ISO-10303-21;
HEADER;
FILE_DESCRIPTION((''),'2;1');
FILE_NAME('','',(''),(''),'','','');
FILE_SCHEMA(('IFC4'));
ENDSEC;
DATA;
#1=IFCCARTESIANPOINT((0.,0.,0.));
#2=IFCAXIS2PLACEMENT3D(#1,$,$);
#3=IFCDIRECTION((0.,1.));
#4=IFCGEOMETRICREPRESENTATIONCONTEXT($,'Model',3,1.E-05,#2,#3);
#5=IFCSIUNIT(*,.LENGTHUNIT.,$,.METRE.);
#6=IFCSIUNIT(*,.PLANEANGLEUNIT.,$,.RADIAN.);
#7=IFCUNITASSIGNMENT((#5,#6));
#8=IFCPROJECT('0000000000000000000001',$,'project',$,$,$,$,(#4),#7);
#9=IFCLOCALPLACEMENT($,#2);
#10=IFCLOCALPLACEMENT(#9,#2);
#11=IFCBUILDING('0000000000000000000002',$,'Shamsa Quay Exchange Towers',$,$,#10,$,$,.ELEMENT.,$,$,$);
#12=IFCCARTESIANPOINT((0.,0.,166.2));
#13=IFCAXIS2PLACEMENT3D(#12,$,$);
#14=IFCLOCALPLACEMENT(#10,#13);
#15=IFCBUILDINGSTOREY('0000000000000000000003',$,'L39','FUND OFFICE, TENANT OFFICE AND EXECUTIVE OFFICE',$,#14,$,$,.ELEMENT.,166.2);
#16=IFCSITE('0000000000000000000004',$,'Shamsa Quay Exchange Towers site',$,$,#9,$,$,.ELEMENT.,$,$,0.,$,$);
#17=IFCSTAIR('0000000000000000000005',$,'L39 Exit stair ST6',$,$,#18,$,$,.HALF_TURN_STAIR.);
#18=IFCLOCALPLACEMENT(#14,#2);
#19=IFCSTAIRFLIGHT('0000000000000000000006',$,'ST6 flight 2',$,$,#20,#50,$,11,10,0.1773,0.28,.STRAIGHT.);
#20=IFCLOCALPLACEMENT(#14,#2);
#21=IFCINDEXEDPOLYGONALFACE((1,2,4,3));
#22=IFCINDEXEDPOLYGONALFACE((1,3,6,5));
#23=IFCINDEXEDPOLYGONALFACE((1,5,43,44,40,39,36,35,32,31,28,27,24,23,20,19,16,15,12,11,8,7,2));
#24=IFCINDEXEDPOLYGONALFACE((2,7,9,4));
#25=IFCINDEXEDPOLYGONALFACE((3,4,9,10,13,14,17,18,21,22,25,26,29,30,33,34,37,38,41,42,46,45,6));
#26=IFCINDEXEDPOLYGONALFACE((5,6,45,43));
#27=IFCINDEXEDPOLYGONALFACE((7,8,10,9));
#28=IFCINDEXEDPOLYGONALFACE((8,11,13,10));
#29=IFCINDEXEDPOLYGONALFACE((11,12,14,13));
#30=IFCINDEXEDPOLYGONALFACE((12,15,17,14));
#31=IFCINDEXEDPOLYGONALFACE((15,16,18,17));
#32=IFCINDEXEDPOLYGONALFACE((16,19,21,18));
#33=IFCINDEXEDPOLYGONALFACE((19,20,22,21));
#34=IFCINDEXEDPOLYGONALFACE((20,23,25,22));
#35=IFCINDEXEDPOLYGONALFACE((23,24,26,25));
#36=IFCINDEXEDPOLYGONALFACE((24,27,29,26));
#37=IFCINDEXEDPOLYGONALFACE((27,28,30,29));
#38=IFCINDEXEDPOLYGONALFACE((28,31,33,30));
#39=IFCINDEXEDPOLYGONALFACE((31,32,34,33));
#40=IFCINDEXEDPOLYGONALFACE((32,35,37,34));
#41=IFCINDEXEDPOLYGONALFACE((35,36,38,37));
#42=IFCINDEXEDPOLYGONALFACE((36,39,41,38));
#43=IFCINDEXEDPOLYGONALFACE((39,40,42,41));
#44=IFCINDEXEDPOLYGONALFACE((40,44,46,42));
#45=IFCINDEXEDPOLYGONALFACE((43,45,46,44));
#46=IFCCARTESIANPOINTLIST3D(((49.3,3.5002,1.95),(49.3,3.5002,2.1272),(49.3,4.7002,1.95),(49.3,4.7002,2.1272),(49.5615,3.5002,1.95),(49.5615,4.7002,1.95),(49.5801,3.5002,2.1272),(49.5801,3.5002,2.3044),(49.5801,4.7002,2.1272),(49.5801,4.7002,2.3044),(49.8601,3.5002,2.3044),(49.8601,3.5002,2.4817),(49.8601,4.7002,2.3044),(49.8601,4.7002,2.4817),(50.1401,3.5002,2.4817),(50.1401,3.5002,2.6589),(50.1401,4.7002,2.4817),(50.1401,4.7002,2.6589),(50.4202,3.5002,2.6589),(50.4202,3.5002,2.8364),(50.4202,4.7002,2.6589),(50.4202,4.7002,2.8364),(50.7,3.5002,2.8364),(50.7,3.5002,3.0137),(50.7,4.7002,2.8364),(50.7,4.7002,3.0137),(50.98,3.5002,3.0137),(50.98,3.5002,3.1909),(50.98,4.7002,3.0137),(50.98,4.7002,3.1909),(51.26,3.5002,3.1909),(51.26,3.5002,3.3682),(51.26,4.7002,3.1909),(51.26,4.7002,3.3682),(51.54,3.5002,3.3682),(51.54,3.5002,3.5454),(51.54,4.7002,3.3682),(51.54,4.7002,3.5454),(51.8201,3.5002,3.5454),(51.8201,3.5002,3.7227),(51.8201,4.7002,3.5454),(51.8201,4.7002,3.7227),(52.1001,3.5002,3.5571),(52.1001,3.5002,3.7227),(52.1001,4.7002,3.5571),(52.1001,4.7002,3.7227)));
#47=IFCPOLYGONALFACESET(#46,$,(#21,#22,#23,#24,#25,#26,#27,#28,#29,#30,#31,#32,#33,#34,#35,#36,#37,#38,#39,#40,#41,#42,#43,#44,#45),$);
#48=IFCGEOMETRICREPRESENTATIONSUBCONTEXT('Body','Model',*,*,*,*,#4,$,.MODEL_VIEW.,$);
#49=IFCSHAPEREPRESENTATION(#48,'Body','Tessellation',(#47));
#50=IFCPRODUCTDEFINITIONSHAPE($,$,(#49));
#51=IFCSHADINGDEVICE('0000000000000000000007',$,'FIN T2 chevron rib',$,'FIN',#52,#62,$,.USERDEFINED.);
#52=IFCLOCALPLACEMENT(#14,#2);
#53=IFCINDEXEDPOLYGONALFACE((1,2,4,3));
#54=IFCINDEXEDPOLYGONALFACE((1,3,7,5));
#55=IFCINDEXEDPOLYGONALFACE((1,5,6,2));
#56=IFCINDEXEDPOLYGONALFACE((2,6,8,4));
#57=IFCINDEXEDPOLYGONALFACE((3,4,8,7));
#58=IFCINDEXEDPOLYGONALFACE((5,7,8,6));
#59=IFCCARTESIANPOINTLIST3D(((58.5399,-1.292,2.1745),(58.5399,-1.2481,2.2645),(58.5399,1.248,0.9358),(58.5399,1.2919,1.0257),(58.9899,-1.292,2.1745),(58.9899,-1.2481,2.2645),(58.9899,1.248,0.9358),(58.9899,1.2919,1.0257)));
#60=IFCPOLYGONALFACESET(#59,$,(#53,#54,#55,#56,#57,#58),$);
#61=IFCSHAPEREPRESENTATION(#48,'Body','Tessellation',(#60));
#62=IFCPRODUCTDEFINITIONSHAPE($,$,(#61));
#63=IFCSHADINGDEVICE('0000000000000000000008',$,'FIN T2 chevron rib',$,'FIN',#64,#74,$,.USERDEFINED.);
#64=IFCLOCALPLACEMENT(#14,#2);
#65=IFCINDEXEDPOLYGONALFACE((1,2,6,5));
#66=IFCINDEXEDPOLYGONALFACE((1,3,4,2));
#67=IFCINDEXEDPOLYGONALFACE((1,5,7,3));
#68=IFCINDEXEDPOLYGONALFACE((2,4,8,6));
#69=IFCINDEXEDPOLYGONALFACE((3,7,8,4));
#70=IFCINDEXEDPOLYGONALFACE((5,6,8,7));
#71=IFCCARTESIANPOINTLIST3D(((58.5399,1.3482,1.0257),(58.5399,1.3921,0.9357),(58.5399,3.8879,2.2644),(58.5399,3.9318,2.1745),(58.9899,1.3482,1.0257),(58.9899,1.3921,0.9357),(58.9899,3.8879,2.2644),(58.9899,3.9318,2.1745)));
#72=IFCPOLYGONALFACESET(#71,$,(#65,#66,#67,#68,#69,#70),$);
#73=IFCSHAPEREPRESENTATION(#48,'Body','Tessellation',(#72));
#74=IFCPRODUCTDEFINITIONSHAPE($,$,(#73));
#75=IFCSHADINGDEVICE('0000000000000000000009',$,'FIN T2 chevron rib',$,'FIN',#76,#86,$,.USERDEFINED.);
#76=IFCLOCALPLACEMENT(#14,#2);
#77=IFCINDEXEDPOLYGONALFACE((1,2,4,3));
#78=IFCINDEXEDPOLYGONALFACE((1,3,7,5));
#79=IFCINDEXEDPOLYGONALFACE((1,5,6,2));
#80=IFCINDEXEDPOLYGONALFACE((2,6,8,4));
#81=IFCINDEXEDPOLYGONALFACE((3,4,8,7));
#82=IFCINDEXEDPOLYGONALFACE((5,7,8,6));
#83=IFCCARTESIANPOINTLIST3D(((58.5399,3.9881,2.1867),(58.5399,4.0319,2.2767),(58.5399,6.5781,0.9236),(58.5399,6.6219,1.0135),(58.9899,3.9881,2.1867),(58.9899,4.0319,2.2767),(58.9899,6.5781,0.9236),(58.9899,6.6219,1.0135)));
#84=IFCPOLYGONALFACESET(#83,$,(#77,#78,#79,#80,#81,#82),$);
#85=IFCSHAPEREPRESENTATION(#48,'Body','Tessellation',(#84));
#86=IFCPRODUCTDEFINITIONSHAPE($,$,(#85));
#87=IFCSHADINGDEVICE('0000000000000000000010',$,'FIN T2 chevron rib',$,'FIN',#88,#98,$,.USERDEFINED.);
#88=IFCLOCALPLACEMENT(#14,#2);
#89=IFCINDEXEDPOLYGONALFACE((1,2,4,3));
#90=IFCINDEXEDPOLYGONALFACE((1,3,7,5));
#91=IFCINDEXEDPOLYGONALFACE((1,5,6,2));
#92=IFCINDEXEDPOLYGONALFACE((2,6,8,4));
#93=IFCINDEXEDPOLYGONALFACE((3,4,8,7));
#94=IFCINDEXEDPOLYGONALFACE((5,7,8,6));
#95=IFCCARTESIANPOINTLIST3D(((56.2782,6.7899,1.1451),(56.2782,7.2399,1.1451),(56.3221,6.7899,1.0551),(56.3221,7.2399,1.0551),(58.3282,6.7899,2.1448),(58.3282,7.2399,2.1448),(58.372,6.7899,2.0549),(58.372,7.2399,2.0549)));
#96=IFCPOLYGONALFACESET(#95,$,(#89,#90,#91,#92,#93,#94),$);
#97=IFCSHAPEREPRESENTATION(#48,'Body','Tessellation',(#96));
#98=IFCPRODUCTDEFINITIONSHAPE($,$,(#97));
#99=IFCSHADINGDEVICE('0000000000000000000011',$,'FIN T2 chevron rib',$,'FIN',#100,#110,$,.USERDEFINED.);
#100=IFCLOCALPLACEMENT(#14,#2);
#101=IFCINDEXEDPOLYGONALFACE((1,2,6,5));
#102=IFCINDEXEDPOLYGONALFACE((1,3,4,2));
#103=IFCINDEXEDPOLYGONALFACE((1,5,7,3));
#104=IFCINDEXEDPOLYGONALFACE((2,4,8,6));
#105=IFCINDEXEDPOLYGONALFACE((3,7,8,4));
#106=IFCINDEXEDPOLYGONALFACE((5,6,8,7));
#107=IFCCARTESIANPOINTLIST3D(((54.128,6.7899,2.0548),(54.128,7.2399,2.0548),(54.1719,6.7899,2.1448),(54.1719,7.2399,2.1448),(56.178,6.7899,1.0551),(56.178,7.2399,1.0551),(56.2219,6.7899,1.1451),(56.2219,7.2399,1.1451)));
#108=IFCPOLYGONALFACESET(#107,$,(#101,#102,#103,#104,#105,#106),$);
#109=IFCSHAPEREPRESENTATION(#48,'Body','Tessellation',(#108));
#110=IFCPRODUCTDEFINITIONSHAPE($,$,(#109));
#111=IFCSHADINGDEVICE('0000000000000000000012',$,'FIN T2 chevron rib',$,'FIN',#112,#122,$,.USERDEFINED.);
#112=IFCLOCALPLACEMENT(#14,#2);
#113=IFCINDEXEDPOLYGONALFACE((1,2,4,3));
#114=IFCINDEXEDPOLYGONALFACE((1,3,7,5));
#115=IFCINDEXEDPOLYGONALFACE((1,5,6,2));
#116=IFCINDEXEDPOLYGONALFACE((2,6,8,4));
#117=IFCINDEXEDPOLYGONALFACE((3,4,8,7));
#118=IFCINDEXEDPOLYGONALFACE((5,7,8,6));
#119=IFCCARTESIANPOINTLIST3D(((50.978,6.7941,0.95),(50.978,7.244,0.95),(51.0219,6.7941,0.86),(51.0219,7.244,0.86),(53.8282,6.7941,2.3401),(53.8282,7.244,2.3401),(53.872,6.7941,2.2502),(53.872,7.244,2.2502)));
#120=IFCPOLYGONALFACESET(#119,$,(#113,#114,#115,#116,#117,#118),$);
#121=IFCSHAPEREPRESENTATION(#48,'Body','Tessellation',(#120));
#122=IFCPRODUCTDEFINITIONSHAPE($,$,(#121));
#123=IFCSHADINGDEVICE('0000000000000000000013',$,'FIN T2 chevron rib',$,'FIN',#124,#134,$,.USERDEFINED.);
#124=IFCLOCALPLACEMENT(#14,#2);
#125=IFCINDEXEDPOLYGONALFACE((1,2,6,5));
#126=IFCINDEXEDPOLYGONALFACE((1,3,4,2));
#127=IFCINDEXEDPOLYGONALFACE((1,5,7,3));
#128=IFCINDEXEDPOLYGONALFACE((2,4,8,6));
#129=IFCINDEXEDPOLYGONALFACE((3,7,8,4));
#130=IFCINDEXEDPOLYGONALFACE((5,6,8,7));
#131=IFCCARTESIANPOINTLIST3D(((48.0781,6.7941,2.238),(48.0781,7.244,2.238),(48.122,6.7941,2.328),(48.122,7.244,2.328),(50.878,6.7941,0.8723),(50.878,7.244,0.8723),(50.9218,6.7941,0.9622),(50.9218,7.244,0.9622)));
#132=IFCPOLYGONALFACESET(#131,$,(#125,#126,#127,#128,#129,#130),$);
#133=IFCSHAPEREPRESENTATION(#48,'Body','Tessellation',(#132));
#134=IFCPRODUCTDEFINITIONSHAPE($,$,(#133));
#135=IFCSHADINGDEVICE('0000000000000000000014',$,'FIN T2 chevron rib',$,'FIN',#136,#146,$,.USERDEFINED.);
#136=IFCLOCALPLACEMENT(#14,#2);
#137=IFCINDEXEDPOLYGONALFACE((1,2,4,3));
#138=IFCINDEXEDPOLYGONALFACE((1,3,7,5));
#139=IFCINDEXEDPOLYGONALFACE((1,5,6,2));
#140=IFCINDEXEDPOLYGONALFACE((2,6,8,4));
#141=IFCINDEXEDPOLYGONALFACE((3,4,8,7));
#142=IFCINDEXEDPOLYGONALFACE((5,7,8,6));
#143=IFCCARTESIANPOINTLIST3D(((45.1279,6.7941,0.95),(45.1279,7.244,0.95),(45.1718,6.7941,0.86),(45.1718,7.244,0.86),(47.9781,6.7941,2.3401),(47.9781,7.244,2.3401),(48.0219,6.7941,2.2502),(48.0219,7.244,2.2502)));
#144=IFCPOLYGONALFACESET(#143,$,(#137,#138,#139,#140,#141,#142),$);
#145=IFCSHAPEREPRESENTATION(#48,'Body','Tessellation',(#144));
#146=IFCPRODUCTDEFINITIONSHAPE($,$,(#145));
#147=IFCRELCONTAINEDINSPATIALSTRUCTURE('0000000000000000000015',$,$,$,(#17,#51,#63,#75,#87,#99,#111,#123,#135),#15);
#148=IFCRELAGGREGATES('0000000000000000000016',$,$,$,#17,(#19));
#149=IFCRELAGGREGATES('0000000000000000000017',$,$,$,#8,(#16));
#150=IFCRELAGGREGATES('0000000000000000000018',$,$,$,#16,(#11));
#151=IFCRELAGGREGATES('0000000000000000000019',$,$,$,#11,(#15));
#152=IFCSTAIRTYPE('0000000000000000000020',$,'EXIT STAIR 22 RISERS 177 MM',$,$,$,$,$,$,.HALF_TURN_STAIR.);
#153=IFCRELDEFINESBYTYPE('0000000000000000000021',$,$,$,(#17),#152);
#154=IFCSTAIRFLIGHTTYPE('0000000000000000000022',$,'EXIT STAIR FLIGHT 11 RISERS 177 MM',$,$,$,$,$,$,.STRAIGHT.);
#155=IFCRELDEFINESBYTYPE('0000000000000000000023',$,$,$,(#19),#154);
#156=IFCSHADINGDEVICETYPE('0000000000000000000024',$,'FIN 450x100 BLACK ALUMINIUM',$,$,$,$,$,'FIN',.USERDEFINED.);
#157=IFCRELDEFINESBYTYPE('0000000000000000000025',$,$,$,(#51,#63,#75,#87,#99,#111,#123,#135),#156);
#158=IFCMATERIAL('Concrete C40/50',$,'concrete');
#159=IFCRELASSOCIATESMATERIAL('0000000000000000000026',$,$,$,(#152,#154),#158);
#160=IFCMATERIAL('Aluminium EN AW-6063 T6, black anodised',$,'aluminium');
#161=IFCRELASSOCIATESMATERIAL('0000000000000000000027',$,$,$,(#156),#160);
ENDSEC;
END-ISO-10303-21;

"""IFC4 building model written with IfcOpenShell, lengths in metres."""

from ifc_helpers import new_model, si_unit, direction, frame, origin, origin_2d, place, context, subcontext, project, spatial, polyline, rectangle, outline, extrude, material, material_profile, profile_set, type_object, element, aggregate, save


model = new_model("IFC4")

# Units and contexts
model_context = context("Model", 3, precision=1e-05, world=origin(), true_north=direction((0.0, 1.0)))
body_context = subcontext(model_context, "Body", "Model", "MODEL_VIEW")
ifc_project = project(units=[si_unit("LENGTHUNIT", "METRE"), si_unit("PLANEANGLEUNIT", "RADIAN")], contexts=[model_context])

# Site, building, storey
site_placement = place(None, origin())
site = spatial("IfcSite", under=ifc_project, at=site_placement, Name="Shamsa Quay Exchange Towers site", CompositionType="ELEMENT", RefElevation=0.0)
building_placement = place(site_placement, origin())
building = spatial("IfcBuilding", under=site, at=building_placement, Name="Shamsa Quay Exchange Towers", CompositionType="ELEMENT")
storey_placement = place(building_placement, frame((0.0, 0.0, 166.2)))
storey = spatial("IfcBuildingStorey", under=building, at=storey_placement, Name="L39", Description="FUND OFFICE, TENANT OFFICE AND EXECUTIVE OFFICE", CompositionType="ELEMENT", Elevation=166.2)

# Shared definitions
ifc_material_1 = material(Name="Aluminium EN AW-6063 T6, black anodised", Category="aluminium")

# Stair, stair flight
ifc_material_2 = material(Name="Concrete C40/50", Category="concrete")
stair_type = type_object("IfcStairType", Name="EXIT STAIR 22 RISERS 177 MM", PredefinedType="HALF_TURN_STAIR", material=ifc_material_2)
stair_placement = place(storey_placement, origin())
stair = element("IfcStair", 1, at=stair_placement, inside=storey, type_object=stair_type, Name="L39 Exit stair ST6", PredefinedType="HALF_TURN_STAIR")
stair_flight_type = type_object("IfcStairFlightType", Name="EXIT STAIR FLIGHT 11 RISERS 177 MM", PredefinedType="STRAIGHT", material=ifc_material_2)
stair_flight_1_placement = place(storey_placement, frame((49.3, 4.1001, 1.95)))
stair_flight_1 = element("IfcStairFlight", 2, at=stair_flight_1_placement, type_object=stair_flight_type, Name="ST6 flight 2", NumberOfRisers=11, NumberOfTreads=10, PredefinedType="STRAIGHT", RiserHeight=0.1773, TreadLength=0.28, context=body_context, shape_type="SweptSolid", body=[
    extrude(outline(polyline([(0.0, 0.0), (0.0, 0.1772), (0.28, 0.1772), (0.28, 0.3545), (0.5601, 0.3545), (0.5601, 0.5317), (0.8401, 0.5317), (0.8401, 0.709), (1.1201, 0.709), (1.1201, 0.8865), (1.3999, 0.8865), (1.3999, 1.0637), (1.6799, 1.0637), (1.6799, 1.241), (1.96, 1.241), (1.96, 1.4182), (2.24, 1.4182), (2.24, 1.5955), (2.52, 1.5955), (2.52, 1.7727), (2.8, 1.7727), (2.8, 1.95), (2.8, 1.6072), (0.2615, 0.0), (0.0, 0.0)])), frame((0.0, 0.6001, 0.0), z_axis=(0.0, -1.0, 0.0), x_axis=(1.0, 0.0, 0.0)), (0.0, 0.0, 1.0), 1.2),
])
aggregate(stair, [stair_flight_1])

# Shading devices
ifc_material_profile_1 = material_profile(ifc_material_1, rectangle(XDim=0.45, YDim=0.1001, at=origin_2d()), Name="FIN450x100")
ifc_profile_set_1 = profile_set([ifc_material_profile_1], Name="Aluminium EN AW-6063 T6, black anodised")
shading_device_type = type_object("IfcShadingDeviceType", Name="FIN 450x100 BLACK ALUMINIUM", ElementType="FIN", PredefinedType="USERDEFINED", material=ifc_profile_set_1)
shading_device_1_placement = place(storey_placement, frame((58.7649, -1.27, 2.2195), z_axis=(0.0, 0.898807, -0.438345), x_axis=(-1.0, 0.0, 0.0)))
element("IfcShadingDevice", 3, at=shading_device_1_placement, inside=storey, type_object=shading_device_type, Name="FIN T2 chevron rib", ObjectType="FIN", PredefinedType="USERDEFINED", context=body_context, shape_type="SweptSolid", body=[
    extrude(rectangle(XDim=0.45, YDim=0.1001, at=origin_2d()), origin(), (0.0, 0.0, 1.0), 2.8259),
])
shading_device_2_placement = place(storey_placement, frame((58.7649, 1.3701, 0.9807), z_axis=(0.0, 0.89879, 0.438379), x_axis=(-1.0, 0.0, 0.0)))
element("IfcShadingDevice", 4, at=shading_device_2_placement, inside=storey, type_object=shading_device_type, Name="FIN T2 chevron rib", ObjectType="FIN", PredefinedType="USERDEFINED", context=body_context, shape_type="SweptSolid", body=[
    extrude(rectangle(XDim=0.45, YDim=0.1001, at=origin_2d()), origin(), (0.0, 0.0, 1.0), 2.8257),
])
shading_device_3_placement = place(storey_placement, frame((58.7649, 4.01, 2.2317), z_axis=(0.0, 0.898806, -0.438347), x_axis=(-1.0, 0.0, 0.0)))
element("IfcShadingDevice", 5, at=shading_device_3_placement, inside=storey, type_object=shading_device_type, Name="FIN T2 chevron rib", ObjectType="FIN", PredefinedType="USERDEFINED", context=body_context, shape_type="SweptSolid", body=[
    extrude(rectangle(XDim=0.45, YDim=0.1001, at=origin_2d()), origin(), (0.0, 0.0, 1.0), 2.8816),
])
for number, where, z_axis, x_axis, name in (
    (6, (58.3501, 7.0149, 2.0999), (-0.898815, 0.0, -0.438329), (0.0, -1.0, 0.0), "FIN T2 chevron rib"),
    (7, (56.2, 7.0149, 1.1001), (-0.898815, 0.0, 0.438329), (0.0, -1.0, 0.0), "FIN T2 chevron rib"),
):
    element("IfcShadingDevice", number, at=place(storey_placement, frame(where, z_axis=z_axis, x_axis=x_axis)), inside=storey, type_object=shading_device_type, Name=name, ObjectType="FIN", PredefinedType="USERDEFINED", context=body_context, shape_type="SweptSolid", body=[
        extrude(rectangle(XDim=0.45, YDim=0.1001, at=origin_2d()), origin(), (0.0, 0.0, 1.0), 2.2808),
    ])
shading_device_4_placement = place(storey_placement, frame((53.8501, 7.019, 2.2952), z_axis=(-0.898788, 0.0, -0.438384), x_axis=(0.0, -1.0, 0.0)))
element("IfcShadingDevice", 8, at=shading_device_4_placement, inside=storey, type_object=shading_device_type, Name="FIN T2 chevron rib", ObjectType="FIN", PredefinedType="USERDEFINED", context=body_context, shape_type="SweptSolid", body=[
    extrude(rectangle(XDim=0.45, YDim=0.1001, at=origin_2d()), origin(), (0.0, 0.0, 1.0), 3.1711),
])
shading_device_5_placement = place(storey_placement, frame((50.8999, 7.019, 0.9172), z_axis=(-0.898773, 0.0, 0.438414), x_axis=(0.0, -1.0, 0.0)))
element("IfcShadingDevice", 9, at=shading_device_5_placement, inside=storey, type_object=shading_device_type, Name="FIN T2 chevron rib", ObjectType="FIN", PredefinedType="USERDEFINED", context=body_context, shape_type="SweptSolid", body=[
    extrude(rectangle(XDim=0.45, YDim=0.1001, at=origin_2d()), origin(), (0.0, 0.0, 1.0), 3.1152),
])
shading_device_6_placement = place(storey_placement, frame((48.0, 7.019, 2.2952), z_axis=(-0.898788, 0.0, -0.438384), x_axis=(0.0, -1.0, 0.0)))
element("IfcShadingDevice", 10, at=shading_device_6_placement, inside=storey, type_object=shading_device_type, Name="FIN T2 chevron rib", ObjectType="FIN", PredefinedType="USERDEFINED", context=body_context, shape_type="SweptSolid", body=[
    extrude(rectangle(XDim=0.45, YDim=0.1001, at=origin_2d()), origin(), (0.0, 0.0, 1.0), 3.1711),
])

save(model, "model.ifc")
